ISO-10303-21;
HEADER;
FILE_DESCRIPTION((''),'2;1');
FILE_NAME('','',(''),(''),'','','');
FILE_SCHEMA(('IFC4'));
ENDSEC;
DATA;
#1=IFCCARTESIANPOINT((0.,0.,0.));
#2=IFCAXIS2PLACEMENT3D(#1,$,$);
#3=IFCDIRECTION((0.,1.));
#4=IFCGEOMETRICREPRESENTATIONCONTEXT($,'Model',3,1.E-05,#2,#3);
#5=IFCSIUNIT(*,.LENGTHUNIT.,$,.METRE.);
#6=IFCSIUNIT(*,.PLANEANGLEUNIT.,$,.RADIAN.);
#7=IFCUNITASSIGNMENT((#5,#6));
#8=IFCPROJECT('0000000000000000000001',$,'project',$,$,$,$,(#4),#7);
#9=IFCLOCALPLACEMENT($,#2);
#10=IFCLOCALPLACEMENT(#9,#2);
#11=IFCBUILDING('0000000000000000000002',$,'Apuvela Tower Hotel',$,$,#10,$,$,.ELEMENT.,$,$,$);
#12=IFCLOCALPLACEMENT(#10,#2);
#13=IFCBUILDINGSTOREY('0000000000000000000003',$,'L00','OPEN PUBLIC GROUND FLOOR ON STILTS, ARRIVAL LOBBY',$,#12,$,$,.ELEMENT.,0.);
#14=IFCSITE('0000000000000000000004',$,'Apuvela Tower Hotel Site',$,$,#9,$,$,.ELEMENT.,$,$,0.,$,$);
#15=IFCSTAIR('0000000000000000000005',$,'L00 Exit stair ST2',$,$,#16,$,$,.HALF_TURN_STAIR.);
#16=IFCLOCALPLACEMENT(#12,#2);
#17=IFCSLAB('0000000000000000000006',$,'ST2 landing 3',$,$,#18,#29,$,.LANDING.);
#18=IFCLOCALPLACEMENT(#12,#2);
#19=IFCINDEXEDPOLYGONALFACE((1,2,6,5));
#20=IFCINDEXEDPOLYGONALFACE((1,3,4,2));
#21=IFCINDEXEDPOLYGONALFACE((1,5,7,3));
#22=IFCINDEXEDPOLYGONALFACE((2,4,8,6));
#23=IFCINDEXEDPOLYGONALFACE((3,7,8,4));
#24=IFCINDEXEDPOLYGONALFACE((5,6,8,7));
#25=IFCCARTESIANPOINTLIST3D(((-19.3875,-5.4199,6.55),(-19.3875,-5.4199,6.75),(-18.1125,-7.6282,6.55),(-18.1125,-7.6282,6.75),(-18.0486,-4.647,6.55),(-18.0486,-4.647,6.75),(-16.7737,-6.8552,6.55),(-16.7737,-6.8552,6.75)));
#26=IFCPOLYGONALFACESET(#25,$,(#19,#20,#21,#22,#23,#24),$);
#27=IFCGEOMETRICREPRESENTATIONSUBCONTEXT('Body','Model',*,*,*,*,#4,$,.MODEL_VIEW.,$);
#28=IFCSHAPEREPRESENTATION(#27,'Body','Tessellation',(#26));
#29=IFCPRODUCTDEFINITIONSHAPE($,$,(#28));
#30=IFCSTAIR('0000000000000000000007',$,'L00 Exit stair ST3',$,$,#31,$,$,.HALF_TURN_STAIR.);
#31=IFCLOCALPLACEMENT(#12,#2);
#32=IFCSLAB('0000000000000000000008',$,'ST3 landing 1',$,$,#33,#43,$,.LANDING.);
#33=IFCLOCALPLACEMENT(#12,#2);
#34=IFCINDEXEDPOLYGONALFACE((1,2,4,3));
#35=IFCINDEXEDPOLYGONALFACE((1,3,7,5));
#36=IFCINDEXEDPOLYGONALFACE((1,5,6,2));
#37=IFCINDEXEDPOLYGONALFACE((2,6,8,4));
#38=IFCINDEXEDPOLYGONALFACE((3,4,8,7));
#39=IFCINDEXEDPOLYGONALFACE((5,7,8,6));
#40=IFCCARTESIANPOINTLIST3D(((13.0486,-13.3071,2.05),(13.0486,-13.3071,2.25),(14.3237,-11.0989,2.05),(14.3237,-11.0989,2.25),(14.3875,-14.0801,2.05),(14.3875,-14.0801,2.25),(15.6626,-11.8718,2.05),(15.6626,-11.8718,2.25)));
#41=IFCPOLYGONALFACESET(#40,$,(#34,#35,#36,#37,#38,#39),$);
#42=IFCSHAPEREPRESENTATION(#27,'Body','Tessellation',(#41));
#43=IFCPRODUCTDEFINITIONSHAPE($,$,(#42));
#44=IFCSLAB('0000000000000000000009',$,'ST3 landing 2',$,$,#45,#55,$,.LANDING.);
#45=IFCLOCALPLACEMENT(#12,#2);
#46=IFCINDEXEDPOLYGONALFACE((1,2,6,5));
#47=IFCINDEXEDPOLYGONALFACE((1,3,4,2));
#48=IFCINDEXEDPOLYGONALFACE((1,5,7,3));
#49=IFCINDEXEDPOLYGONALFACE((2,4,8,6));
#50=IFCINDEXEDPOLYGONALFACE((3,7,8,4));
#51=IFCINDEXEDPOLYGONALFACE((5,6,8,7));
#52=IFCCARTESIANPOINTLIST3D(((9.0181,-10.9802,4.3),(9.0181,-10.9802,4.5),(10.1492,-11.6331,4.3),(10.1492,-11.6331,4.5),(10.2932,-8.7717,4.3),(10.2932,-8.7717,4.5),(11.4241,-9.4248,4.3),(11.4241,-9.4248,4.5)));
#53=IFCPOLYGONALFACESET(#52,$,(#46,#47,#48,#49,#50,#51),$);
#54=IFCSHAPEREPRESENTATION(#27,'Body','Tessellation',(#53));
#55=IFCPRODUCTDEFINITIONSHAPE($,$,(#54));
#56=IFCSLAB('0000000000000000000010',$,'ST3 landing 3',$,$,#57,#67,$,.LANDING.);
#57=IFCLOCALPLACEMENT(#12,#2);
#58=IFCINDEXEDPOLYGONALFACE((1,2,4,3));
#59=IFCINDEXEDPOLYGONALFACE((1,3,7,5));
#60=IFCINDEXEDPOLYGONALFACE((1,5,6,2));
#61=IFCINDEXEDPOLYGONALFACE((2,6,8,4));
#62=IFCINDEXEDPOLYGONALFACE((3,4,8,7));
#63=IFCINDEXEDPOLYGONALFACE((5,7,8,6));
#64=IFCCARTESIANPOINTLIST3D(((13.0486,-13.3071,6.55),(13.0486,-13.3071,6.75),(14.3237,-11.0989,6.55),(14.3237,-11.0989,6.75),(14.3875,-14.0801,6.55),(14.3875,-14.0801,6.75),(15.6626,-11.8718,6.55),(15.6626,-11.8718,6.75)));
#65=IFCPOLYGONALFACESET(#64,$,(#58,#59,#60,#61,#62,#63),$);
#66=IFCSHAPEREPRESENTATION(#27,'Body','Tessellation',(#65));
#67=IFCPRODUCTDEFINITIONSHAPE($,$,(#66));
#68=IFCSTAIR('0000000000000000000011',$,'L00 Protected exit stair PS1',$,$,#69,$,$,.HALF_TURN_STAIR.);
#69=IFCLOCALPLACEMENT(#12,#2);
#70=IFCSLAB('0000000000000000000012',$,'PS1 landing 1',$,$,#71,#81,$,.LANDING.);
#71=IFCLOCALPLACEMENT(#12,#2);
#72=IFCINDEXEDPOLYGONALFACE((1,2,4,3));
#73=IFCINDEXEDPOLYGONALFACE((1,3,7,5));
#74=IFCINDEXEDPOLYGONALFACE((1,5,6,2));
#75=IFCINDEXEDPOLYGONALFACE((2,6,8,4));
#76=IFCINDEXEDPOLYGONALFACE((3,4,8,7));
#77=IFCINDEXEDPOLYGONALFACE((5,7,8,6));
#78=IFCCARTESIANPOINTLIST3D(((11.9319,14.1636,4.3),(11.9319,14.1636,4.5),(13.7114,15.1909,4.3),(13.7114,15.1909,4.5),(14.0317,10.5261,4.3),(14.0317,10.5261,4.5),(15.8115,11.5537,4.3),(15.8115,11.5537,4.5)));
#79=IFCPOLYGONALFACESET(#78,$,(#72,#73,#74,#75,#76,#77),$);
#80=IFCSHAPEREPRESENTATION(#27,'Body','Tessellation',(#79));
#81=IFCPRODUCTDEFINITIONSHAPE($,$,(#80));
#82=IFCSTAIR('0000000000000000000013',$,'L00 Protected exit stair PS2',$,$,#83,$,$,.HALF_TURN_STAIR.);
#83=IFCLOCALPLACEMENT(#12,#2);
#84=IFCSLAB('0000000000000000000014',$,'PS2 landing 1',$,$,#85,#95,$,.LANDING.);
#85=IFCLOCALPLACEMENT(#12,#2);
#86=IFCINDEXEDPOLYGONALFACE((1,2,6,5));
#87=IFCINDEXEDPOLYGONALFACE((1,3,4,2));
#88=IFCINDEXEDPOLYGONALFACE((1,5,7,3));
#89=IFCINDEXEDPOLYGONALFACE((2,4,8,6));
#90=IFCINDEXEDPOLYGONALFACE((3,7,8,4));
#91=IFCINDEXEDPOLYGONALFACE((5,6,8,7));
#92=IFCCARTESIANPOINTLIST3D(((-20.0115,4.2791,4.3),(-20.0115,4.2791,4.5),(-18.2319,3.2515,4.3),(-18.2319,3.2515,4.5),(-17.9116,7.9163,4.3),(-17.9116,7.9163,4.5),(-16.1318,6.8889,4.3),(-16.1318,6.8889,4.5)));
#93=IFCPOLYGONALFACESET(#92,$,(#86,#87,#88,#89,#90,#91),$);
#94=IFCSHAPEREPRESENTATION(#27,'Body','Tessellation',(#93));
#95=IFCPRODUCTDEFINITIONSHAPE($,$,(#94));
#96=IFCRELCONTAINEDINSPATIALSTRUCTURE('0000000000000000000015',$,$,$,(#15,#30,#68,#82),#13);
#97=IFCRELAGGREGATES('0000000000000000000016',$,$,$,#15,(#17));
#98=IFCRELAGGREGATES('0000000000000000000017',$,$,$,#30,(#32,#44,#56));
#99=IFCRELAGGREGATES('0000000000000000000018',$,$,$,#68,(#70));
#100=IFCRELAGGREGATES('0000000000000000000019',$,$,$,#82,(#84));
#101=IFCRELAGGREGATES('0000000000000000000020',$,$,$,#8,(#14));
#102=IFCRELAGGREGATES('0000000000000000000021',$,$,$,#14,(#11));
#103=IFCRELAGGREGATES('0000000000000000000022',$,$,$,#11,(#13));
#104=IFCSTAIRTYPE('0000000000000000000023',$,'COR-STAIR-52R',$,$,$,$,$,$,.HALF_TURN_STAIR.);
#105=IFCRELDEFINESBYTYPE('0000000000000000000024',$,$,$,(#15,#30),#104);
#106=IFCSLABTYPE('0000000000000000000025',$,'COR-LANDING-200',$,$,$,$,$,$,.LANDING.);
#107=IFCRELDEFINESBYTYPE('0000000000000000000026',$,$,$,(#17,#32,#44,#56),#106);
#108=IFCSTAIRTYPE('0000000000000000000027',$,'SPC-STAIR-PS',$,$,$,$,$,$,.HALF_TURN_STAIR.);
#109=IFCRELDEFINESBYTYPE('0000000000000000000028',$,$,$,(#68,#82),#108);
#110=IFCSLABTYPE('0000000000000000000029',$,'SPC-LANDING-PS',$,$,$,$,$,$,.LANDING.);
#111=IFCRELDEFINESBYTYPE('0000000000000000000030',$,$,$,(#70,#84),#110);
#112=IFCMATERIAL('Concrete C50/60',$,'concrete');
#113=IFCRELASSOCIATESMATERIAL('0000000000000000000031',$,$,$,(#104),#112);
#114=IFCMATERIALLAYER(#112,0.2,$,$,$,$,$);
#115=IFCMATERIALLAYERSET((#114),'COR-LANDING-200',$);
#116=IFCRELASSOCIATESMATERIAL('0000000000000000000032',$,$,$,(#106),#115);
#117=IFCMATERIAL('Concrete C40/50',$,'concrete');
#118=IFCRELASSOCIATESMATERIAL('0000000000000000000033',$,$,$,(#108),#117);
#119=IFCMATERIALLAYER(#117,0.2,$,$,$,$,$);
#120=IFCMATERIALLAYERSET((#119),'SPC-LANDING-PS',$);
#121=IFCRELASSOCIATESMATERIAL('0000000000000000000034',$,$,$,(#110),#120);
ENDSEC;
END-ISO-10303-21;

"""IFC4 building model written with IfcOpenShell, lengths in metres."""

from ifc_helpers import new_model, si_unit, direction, frame, origin, place, context, subcontext, project, spatial, polyline, outline, extrude, material, layer, layer_set, type_object, element, aggregate, save


model = new_model("IFC4")

# Units and contexts
model_context = context("Model", 3, precision=1e-05, world=origin(), true_north=direction((0.0, 1.0)))
body_context = subcontext(model_context, "Body", "Model", "MODEL_VIEW")
ifc_project = project(units=[si_unit("LENGTHUNIT", "METRE"), si_unit("PLANEANGLEUNIT", "RADIAN")], contexts=[model_context])

# Site, building, storey
site_placement = place(None, origin())
site = spatial("IfcSite", under=ifc_project, at=site_placement, Name="Apuvela Tower Hotel Site", CompositionType="ELEMENT", RefElevation=0.0)
building_placement = place(site_placement, origin())
building = spatial("IfcBuilding", under=site, at=building_placement, Name="Apuvela Tower Hotel", CompositionType="ELEMENT")
storey_placement = place(building_placement, origin())
storey = spatial("IfcBuildingStorey", under=building, at=storey_placement, Name="L00", Description="OPEN PUBLIC GROUND FLOOR ON STILTS, ARRIVAL LOBBY", CompositionType="ELEMENT", Elevation=0.0)

# Shared definitions
ifc_material_1 = material(Name="Concrete C40/50", Category="concrete")

# Shared definitions
ifc_material_2 = material(Name="Concrete C50/60", Category="concrete")

# Stairs, slabs
stair_type_1 = type_object("IfcStairType", Name="COR-STAIR-52R", PredefinedType="HALF_TURN_STAIR", material=ifc_material_2)
ifc_layer_1 = layer(ifc_material_2, 0.2)
ifc_layer_set_1 = layer_set([ifc_layer_1], Name="COR-LANDING-200")
slab_type_1 = type_object("IfcSlabType", Name="COR-LANDING-200", PredefinedType="LANDING", material=ifc_layer_set_1)
stair_1_placement = place(storey_placement, origin())
stair_1 = element("IfcStair", 1, at=stair_1_placement, inside=storey, type_object=stair_type_1, Name="L00 Exit stair ST2", PredefinedType="HALF_TURN_STAIR")
slab_1_placement = place(storey_placement, frame((0.0, 0.0, 6.55)))
slab_1 = element("IfcSlab", 2, at=slab_1_placement, type_object=slab_type_1, Name="ST2 landing 3", PredefinedType="LANDING", context=body_context, shape_type="SweptSolid", body=[
    extrude(outline(polyline([(-18.0486, -4.647), (-19.3875, -5.4199), (-18.1125, -7.6282), (-16.7737, -6.8552), (-18.0486, -4.647)])), origin(), (0.0, 0.0, 1.0), 0.2),
])
aggregate(stair_1, [slab_1])
stair_2_placement = place(storey_placement, origin())
stair_2 = element("IfcStair", 3, at=stair_2_placement, inside=storey, type_object=stair_type_1, Name="L00 Exit stair ST3", PredefinedType="HALF_TURN_STAIR")
slab_2_placement = place(storey_placement, frame((0.0, 0.0, 2.05)))
slab_2 = element("IfcSlab", 4, at=slab_2_placement, type_object=slab_type_1, Name="ST3 landing 1", PredefinedType="LANDING", context=body_context, shape_type="SweptSolid", body=[
    extrude(outline(polyline([(13.0486, -13.3071), (14.3875, -14.0801), (15.6626, -11.8718), (14.3237, -11.0989), (13.0486, -13.3071)])), origin(), (0.0, 0.0, 1.0), 0.2),
])
slab_3_placement = place(storey_placement, frame((0.0, 0.0, 4.3)))
slab_3 = element("IfcSlab", 5, at=slab_3_placement, type_object=slab_type_1, Name="ST3 landing 2", PredefinedType="LANDING", context=body_context, shape_type="SweptSolid", body=[
    extrude(outline(polyline([(9.0181, -10.9802), (10.1492, -11.6331), (11.4241, -9.4248), (10.2932, -8.7717), (9.0181, -10.9802)])), origin(), (0.0, 0.0, 1.0), 0.2),
])
slab_4_placement = place(storey_placement, frame((0.0, 0.0, 6.55)))
slab_4 = element("IfcSlab", 6, at=slab_4_placement, type_object=slab_type_1, Name="ST3 landing 3", PredefinedType="LANDING", context=body_context, shape_type="SweptSolid", body=[
    extrude(outline(polyline([(13.0486, -13.3071), (14.3875, -14.0801), (15.6626, -11.8718), (14.3237, -11.0989), (13.0486, -13.3071)])), origin(), (0.0, 0.0, 1.0), 0.2),
])
aggregate(stair_2, [slab_2, slab_3, slab_4])

# Stairs, slabs
stair_type_2 = type_object("IfcStairType", Name="SPC-STAIR-PS", PredefinedType="HALF_TURN_STAIR", material=ifc_material_1)
stair_3_placement = place(storey_placement, origin())
stair_3 = element("IfcStair", 7, at=stair_3_placement, inside=storey, type_object=stair_type_2, Name="L00 Protected exit stair PS1", PredefinedType="HALF_TURN_STAIR")
ifc_layer_2 = layer(ifc_material_1, 0.2)
ifc_layer_set_2 = layer_set([ifc_layer_2], Name="SPC-LANDING-PS")
slab_type_2 = type_object("IfcSlabType", Name="SPC-LANDING-PS", PredefinedType="LANDING", material=ifc_layer_set_2)
slab_5_placement = place(storey_placement, frame((0.0, 0.0, 4.3)))
slab_5 = element("IfcSlab", 8, at=slab_5_placement, type_object=slab_type_2, Name="PS1 landing 1", PredefinedType="LANDING", context=body_context, shape_type="SweptSolid", body=[
    extrude(outline(polyline([(14.0317, 10.5261), (15.8115, 11.5537), (13.7114, 15.1909), (11.9319, 14.1636), (14.0317, 10.5261)])), origin(), (0.0, 0.0, 1.0), 0.2),
])
aggregate(stair_3, [slab_5])
stair_4_placement = place(storey_placement, origin())
stair_4 = element("IfcStair", 9, at=stair_4_placement, inside=storey, type_object=stair_type_2, Name="L00 Protected exit stair PS2", PredefinedType="HALF_TURN_STAIR")
slab_6_placement = place(storey_placement, frame((0.0, 0.0, 4.3)))
slab_6 = element("IfcSlab", 10, at=slab_6_placement, type_object=slab_type_2, Name="PS2 landing 1", PredefinedType="LANDING", context=body_context, shape_type="SweptSolid", body=[
    extrude(outline(polyline([(-16.1318, 6.8889), (-17.9116, 7.9163), (-20.0115, 4.2791), (-18.2319, 3.2515), (-16.1318, 6.8889)])), origin(), (0.0, 0.0, 1.0), 0.2),
])

aggregate(stair_4, [slab_6])

save(model, "model.ifc")
